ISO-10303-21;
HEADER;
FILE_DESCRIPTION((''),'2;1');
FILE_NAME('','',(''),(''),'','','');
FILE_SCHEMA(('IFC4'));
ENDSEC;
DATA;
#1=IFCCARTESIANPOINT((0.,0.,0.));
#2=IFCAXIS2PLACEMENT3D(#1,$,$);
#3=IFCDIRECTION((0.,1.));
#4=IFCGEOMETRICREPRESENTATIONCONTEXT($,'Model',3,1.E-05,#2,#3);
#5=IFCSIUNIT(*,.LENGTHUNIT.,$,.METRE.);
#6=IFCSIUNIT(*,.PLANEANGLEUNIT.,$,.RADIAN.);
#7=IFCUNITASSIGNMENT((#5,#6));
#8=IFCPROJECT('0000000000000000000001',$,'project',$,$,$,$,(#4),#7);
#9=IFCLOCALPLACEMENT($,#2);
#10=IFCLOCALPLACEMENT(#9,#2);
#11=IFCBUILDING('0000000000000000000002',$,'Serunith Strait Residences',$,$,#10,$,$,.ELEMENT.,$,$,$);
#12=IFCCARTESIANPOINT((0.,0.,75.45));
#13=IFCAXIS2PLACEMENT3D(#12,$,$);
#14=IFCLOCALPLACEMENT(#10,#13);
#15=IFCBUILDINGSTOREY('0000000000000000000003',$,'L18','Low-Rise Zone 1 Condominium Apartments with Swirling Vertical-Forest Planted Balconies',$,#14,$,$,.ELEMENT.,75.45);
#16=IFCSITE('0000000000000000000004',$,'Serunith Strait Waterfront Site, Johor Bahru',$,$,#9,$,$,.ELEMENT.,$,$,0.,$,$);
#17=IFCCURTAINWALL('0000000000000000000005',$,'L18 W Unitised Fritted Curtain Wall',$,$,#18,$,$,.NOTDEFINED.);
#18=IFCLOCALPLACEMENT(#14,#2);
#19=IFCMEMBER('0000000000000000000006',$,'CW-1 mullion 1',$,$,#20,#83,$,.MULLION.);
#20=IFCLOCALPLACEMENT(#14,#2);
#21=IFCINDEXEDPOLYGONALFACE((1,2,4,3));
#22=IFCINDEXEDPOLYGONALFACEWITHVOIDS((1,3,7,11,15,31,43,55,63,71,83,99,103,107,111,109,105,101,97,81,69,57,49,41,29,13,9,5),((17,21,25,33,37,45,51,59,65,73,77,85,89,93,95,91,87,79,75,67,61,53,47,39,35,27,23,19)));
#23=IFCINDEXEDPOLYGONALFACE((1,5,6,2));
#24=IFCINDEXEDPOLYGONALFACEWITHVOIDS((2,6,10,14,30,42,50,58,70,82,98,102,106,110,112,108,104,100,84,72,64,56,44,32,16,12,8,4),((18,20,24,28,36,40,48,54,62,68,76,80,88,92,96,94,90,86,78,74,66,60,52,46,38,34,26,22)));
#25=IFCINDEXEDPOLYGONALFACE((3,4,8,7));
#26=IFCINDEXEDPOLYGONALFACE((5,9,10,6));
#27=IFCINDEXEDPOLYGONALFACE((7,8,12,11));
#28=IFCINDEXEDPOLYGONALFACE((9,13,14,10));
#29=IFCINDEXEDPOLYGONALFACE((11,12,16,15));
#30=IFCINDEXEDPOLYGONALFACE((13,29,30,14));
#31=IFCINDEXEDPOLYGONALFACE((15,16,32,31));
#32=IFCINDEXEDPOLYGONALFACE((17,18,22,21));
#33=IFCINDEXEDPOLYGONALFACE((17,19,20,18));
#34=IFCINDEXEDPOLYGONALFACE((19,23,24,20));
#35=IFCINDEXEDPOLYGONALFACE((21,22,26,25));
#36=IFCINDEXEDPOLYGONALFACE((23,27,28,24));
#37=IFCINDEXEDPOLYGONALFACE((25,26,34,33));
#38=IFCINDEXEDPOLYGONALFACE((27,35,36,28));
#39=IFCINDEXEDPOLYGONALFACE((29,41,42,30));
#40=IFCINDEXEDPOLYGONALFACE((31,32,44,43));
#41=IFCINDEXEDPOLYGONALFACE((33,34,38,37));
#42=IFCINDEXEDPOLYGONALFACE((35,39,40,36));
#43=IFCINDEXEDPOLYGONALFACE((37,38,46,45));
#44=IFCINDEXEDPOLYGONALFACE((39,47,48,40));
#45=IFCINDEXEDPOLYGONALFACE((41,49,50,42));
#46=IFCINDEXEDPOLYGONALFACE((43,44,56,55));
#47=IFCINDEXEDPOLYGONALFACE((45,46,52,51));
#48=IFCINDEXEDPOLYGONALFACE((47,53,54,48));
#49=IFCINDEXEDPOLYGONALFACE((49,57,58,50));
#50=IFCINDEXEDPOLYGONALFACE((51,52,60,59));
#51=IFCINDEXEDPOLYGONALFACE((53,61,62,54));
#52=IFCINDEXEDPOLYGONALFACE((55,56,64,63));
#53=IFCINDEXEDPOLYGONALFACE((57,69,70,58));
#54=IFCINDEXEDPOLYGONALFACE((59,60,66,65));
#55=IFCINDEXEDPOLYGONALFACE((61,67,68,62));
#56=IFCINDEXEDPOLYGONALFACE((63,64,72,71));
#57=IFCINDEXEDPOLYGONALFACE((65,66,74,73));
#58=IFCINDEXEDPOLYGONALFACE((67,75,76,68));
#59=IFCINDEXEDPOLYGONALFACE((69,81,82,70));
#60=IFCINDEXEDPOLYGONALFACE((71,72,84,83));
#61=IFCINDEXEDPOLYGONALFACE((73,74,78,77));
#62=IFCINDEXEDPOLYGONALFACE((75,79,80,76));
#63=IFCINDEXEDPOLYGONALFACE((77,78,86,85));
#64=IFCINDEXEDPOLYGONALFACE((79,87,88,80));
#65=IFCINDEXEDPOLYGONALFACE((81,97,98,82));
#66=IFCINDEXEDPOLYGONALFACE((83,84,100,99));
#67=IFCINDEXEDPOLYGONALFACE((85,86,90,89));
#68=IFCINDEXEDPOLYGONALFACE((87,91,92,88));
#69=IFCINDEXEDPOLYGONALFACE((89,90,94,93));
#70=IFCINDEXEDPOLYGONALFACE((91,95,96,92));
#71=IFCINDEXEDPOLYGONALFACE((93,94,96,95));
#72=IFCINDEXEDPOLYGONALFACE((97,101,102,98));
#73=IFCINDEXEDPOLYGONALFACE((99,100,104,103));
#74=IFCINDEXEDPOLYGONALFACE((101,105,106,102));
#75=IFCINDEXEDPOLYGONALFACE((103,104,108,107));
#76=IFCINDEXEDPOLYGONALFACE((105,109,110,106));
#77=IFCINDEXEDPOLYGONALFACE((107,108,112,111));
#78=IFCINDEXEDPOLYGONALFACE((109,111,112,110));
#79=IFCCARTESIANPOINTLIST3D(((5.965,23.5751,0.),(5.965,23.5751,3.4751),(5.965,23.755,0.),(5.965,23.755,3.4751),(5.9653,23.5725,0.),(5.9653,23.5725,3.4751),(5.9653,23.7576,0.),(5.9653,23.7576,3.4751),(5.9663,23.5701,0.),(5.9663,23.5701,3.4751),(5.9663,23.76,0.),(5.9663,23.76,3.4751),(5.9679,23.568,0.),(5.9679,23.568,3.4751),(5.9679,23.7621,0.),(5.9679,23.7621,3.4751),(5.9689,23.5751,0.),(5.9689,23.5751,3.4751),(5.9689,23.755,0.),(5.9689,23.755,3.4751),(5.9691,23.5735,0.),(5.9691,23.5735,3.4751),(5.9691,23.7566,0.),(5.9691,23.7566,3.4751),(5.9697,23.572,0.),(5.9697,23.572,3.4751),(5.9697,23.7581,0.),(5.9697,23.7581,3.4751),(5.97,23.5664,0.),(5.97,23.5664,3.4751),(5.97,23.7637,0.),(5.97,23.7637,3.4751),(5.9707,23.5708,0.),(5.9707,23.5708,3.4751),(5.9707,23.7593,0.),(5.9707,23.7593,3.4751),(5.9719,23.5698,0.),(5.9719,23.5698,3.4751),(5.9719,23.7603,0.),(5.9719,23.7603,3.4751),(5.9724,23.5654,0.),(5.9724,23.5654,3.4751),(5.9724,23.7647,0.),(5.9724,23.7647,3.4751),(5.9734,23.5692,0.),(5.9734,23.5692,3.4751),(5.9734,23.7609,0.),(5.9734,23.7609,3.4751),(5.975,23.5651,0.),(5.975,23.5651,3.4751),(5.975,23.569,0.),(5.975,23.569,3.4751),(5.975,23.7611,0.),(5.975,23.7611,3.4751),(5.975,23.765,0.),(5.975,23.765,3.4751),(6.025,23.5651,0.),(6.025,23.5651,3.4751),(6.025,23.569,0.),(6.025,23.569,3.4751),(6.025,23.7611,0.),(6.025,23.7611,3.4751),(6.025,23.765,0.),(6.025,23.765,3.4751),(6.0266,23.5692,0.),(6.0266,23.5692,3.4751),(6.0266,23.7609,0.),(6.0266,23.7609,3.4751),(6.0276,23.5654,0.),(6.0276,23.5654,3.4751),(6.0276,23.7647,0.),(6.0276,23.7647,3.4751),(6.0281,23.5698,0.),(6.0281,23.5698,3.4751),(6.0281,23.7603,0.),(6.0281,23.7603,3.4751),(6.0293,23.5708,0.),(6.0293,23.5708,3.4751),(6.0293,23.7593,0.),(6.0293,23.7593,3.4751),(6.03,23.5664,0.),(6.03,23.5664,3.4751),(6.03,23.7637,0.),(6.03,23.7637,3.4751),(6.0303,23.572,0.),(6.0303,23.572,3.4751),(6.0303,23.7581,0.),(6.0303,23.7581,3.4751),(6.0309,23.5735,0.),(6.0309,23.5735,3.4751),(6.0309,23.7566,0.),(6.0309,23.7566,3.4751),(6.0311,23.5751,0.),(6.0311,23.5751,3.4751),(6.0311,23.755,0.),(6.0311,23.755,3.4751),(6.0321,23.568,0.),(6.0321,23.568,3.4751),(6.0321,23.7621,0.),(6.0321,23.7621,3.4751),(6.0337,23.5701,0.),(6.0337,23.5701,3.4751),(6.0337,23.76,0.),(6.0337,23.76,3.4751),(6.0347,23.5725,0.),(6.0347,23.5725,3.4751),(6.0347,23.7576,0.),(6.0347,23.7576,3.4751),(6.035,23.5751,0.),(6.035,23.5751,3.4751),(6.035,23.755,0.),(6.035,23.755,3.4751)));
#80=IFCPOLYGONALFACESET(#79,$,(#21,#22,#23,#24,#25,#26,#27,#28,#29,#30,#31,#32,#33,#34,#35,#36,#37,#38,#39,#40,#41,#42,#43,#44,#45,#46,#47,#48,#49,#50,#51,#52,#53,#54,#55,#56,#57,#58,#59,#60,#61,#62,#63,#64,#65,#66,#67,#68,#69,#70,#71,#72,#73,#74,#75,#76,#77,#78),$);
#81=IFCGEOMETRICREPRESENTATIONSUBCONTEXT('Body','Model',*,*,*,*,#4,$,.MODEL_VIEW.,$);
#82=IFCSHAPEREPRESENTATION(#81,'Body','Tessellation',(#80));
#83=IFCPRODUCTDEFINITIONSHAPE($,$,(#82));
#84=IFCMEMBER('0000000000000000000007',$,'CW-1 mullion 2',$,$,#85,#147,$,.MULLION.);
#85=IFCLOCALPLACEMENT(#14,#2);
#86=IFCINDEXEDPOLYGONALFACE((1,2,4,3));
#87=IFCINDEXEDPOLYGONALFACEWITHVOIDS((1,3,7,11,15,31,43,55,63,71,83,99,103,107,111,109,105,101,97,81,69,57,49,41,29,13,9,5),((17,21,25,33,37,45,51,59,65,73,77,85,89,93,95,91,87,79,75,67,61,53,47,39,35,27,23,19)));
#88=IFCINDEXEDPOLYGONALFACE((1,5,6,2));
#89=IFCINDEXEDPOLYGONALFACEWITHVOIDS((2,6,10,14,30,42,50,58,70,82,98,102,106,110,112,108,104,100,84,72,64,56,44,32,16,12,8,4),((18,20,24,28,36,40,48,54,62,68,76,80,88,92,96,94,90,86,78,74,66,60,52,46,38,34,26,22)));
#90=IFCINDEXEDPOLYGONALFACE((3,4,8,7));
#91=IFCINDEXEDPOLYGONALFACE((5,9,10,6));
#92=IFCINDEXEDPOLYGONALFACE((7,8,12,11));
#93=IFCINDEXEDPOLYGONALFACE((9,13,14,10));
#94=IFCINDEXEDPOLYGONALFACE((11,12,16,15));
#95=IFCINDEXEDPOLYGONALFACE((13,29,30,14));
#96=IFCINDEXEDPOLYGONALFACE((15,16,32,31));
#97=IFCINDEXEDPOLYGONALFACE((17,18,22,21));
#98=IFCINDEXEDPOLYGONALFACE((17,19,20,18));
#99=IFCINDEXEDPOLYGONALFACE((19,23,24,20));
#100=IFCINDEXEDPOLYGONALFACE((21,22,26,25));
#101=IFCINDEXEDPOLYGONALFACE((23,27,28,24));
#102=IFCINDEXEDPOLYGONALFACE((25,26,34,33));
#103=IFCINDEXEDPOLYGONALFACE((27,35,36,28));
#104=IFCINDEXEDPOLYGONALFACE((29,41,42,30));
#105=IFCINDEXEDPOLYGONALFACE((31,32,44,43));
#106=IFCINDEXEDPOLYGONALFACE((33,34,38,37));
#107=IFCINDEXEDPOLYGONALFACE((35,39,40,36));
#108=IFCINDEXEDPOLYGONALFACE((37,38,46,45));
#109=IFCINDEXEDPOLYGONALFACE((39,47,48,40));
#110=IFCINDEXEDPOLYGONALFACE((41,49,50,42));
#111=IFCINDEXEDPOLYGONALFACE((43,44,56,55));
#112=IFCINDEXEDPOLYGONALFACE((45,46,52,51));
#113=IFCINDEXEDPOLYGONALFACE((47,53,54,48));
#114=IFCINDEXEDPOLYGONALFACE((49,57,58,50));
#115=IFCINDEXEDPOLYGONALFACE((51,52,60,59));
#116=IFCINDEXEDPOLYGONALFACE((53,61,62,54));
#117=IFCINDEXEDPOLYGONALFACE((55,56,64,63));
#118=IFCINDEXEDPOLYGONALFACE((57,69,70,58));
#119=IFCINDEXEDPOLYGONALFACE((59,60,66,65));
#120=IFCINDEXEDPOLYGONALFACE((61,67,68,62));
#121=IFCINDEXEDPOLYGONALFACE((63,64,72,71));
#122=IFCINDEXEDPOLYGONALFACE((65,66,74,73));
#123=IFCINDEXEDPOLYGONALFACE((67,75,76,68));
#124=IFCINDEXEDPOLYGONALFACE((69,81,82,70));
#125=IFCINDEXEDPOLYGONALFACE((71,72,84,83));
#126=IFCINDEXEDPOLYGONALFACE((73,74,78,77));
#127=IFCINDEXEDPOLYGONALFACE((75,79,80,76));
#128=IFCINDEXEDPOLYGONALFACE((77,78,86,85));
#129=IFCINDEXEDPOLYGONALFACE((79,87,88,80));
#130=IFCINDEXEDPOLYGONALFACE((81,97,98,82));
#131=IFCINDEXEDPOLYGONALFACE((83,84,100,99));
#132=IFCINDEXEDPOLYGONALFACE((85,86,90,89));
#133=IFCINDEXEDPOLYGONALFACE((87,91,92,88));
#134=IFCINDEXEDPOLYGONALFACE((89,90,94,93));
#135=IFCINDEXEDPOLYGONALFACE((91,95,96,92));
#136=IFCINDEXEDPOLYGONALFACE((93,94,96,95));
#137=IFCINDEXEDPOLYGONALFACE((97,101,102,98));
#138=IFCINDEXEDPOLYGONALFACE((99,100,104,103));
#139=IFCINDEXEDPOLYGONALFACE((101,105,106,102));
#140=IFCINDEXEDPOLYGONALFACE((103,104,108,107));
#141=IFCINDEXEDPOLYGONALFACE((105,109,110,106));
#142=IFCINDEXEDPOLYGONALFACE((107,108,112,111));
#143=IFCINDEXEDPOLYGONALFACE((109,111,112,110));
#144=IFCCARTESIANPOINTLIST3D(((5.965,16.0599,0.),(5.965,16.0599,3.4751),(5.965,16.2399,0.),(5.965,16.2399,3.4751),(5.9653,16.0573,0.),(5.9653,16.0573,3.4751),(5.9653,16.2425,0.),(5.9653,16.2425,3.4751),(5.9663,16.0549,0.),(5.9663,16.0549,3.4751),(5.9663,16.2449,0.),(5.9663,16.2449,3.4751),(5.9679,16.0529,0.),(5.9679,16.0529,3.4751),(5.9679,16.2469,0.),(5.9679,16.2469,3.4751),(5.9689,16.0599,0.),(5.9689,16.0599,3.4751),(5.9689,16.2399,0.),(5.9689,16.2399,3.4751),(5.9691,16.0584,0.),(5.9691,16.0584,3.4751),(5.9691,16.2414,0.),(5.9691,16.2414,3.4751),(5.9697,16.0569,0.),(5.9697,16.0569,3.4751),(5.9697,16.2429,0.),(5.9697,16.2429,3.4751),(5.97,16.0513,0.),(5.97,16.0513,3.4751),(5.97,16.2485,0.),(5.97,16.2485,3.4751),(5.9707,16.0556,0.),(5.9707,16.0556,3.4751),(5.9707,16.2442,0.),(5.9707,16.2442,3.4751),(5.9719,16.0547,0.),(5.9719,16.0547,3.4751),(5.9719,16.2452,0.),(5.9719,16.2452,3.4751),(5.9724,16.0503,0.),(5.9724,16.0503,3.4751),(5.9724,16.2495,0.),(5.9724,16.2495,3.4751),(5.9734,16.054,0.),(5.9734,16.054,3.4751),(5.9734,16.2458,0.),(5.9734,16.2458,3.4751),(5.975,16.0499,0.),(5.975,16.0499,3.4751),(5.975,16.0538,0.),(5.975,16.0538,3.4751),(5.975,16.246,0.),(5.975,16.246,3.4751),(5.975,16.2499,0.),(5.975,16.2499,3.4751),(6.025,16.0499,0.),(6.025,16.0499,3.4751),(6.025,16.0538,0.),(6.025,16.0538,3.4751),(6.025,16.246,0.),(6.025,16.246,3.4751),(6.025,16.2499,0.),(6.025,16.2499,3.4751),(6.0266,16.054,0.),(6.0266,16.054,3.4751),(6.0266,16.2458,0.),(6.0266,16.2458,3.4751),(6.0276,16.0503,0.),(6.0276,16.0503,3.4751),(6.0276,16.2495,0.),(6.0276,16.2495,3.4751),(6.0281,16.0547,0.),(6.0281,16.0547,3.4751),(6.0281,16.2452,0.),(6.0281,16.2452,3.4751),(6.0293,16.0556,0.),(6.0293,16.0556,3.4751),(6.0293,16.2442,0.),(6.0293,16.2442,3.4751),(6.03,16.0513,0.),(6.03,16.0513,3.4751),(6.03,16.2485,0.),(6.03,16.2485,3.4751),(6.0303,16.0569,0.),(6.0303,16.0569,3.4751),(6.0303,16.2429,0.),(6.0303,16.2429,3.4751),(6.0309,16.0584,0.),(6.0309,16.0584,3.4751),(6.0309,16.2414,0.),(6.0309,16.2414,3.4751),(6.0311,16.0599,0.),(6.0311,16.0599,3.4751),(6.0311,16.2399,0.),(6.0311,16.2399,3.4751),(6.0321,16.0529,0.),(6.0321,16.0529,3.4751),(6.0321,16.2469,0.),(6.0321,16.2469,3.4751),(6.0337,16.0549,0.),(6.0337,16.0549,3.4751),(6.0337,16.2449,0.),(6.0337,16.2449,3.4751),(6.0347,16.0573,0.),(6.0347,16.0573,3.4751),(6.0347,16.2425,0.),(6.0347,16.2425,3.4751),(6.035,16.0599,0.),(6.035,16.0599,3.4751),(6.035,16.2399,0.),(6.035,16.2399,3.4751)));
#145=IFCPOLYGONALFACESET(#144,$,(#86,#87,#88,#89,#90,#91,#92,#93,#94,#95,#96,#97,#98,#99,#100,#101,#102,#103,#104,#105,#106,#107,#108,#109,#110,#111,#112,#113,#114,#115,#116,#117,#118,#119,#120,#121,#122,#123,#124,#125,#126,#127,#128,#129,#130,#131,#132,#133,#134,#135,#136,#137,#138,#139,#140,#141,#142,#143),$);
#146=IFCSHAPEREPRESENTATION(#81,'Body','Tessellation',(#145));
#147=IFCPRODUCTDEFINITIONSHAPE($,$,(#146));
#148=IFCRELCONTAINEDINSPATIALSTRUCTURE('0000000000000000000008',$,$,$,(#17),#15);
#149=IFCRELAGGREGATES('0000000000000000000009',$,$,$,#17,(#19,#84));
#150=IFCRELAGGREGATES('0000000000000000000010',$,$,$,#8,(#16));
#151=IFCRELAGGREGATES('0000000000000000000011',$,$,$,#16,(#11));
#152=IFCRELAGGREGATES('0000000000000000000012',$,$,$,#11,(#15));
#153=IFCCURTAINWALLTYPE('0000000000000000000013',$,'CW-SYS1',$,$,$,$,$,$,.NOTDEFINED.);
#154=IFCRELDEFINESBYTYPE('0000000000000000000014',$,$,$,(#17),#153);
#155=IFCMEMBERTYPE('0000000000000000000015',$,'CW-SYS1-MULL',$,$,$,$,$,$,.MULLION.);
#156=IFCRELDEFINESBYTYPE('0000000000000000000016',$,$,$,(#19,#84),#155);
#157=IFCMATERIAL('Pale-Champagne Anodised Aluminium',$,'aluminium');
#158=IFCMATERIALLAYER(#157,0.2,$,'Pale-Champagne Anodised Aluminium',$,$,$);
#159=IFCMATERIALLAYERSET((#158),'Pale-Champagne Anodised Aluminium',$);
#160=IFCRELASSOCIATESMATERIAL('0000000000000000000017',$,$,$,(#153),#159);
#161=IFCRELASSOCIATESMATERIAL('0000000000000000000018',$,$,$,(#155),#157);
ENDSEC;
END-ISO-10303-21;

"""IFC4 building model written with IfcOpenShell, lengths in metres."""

from ifc_helpers import new_model, si_unit, direction, frame, origin, origin_2d, place, context, subcontext, project, spatial, hollow_rectangle, extrude, source, transform, mapped, material, layer, layer_set, material_profile, profile_set, type_object, element, aggregate, save


model = new_model("IFC4")

# Units and contexts
model_context = context("Model", 3, precision=1e-05, world=origin(), true_north=direction((0.0, 1.0)))
body_context = subcontext(model_context, "Body", "Model", "MODEL_VIEW")
ifc_project = project(units=[si_unit("LENGTHUNIT", "METRE"), si_unit("PLANEANGLEUNIT", "RADIAN")], contexts=[model_context])

# Site, building, storey
site_placement = place(None, origin())
site = spatial("IfcSite", under=ifc_project, at=site_placement, Name="Serunith Strait Waterfront Site, Johor Bahru", CompositionType="ELEMENT", RefElevation=0.0)
building_placement = place(site_placement, origin())
building = spatial("IfcBuilding", under=site, at=building_placement, Name="Serunith Strait Residences", CompositionType="ELEMENT")
storey_placement = place(building_placement, frame((0.0, 0.0, 75.45)))
storey = spatial("IfcBuildingStorey", under=building, at=storey_placement, Name="L18", Description="Low-Rise Zone 1 Condominium Apartments with Swirling Vertical-Forest Planted Balconies", CompositionType="ELEMENT", Elevation=75.45)

# Curtain wall, members
ifc_material_1 = material(Name="Pale-Champagne Anodised Aluminium", Category="aluminium")
ifc_layer_1 = layer(ifc_material_1, 0.2, Name="Pale-Champagne Anodised Aluminium")
ifc_layer_set_1 = layer_set([ifc_layer_1], Name="Pale-Champagne Anodised Aluminium")
curtain_wall_type = type_object("IfcCurtainWallType", Name="CW-SYS1", PredefinedType="NOTDEFINED", material=ifc_layer_set_1)
curtain_wall_placement = place(storey_placement, origin())
curtain_wall = element("IfcCurtainWall", 1, at=curtain_wall_placement, inside=storey, type_object=curtain_wall_type, Name="L18 W Unitised Fritted Curtain Wall", PredefinedType="NOTDEFINED")
ifc_material_profile_1 = material_profile(ifc_material_1, hollow_rectangle(XDim=0.0701, YDim=0.2, WallThickness=0.0039, InnerFilletRadius=0.0061, OuterFilletRadius=0.01, at=origin_2d()), Name="ALU 200x70x4")
ifc_profile_set_1 = profile_set([ifc_material_profile_1], Name="Pale-Champagne Anodised Aluminium")
member_type_1 = type_object("IfcMemberType", Name="CW-SYS1-MULL", PredefinedType="MULLION", material=ifc_profile_set_1)
shared_shape_1 = source(origin(), body_context, "Body", "SweptSolid", [
    extrude(hollow_rectangle(XDim=0.0701, YDim=0.2, WallThickness=0.0039, InnerFilletRadius=0.0061, OuterFilletRadius=0.01, at=origin_2d()), origin(), (0.0, 0.0, 1.0), 3.4751),
])
member_1_placement = place(storey_placement, frame((6.0, 23.665, 0.0), z_axis=(0.0, 0.0, 1.0), x_axis=(1.0, 0.0, 0.0)))
member_1 = element("IfcMember", 2, at=member_1_placement, type_object=member_type_1, Name="CW-1 mullion 1", PredefinedType="MULLION", context=body_context, shape_type="MappedRepresentation", body=[
    mapped(shared_shape_1, transform((0.0, 0.0, 0.0), scale=1.0)),
])
member_2_placement = place(storey_placement, frame((6.0, 16.1499, 0.0), z_axis=(0.0, 0.0, 1.0), x_axis=(1.0, 0.0, 0.0)))
member_2 = element("IfcMember", 3, at=member_2_placement, type_object=member_type_1, Name="CW-1 mullion 2", PredefinedType="MULLION", context=body_context, shape_type="MappedRepresentation", body=[
    mapped(shared_shape_1, transform((0.0, 0.0, 0.0), scale=1.0)),
])
aggregate(curtain_wall, [member_1, member_2])

save(model, "model.ifc")
